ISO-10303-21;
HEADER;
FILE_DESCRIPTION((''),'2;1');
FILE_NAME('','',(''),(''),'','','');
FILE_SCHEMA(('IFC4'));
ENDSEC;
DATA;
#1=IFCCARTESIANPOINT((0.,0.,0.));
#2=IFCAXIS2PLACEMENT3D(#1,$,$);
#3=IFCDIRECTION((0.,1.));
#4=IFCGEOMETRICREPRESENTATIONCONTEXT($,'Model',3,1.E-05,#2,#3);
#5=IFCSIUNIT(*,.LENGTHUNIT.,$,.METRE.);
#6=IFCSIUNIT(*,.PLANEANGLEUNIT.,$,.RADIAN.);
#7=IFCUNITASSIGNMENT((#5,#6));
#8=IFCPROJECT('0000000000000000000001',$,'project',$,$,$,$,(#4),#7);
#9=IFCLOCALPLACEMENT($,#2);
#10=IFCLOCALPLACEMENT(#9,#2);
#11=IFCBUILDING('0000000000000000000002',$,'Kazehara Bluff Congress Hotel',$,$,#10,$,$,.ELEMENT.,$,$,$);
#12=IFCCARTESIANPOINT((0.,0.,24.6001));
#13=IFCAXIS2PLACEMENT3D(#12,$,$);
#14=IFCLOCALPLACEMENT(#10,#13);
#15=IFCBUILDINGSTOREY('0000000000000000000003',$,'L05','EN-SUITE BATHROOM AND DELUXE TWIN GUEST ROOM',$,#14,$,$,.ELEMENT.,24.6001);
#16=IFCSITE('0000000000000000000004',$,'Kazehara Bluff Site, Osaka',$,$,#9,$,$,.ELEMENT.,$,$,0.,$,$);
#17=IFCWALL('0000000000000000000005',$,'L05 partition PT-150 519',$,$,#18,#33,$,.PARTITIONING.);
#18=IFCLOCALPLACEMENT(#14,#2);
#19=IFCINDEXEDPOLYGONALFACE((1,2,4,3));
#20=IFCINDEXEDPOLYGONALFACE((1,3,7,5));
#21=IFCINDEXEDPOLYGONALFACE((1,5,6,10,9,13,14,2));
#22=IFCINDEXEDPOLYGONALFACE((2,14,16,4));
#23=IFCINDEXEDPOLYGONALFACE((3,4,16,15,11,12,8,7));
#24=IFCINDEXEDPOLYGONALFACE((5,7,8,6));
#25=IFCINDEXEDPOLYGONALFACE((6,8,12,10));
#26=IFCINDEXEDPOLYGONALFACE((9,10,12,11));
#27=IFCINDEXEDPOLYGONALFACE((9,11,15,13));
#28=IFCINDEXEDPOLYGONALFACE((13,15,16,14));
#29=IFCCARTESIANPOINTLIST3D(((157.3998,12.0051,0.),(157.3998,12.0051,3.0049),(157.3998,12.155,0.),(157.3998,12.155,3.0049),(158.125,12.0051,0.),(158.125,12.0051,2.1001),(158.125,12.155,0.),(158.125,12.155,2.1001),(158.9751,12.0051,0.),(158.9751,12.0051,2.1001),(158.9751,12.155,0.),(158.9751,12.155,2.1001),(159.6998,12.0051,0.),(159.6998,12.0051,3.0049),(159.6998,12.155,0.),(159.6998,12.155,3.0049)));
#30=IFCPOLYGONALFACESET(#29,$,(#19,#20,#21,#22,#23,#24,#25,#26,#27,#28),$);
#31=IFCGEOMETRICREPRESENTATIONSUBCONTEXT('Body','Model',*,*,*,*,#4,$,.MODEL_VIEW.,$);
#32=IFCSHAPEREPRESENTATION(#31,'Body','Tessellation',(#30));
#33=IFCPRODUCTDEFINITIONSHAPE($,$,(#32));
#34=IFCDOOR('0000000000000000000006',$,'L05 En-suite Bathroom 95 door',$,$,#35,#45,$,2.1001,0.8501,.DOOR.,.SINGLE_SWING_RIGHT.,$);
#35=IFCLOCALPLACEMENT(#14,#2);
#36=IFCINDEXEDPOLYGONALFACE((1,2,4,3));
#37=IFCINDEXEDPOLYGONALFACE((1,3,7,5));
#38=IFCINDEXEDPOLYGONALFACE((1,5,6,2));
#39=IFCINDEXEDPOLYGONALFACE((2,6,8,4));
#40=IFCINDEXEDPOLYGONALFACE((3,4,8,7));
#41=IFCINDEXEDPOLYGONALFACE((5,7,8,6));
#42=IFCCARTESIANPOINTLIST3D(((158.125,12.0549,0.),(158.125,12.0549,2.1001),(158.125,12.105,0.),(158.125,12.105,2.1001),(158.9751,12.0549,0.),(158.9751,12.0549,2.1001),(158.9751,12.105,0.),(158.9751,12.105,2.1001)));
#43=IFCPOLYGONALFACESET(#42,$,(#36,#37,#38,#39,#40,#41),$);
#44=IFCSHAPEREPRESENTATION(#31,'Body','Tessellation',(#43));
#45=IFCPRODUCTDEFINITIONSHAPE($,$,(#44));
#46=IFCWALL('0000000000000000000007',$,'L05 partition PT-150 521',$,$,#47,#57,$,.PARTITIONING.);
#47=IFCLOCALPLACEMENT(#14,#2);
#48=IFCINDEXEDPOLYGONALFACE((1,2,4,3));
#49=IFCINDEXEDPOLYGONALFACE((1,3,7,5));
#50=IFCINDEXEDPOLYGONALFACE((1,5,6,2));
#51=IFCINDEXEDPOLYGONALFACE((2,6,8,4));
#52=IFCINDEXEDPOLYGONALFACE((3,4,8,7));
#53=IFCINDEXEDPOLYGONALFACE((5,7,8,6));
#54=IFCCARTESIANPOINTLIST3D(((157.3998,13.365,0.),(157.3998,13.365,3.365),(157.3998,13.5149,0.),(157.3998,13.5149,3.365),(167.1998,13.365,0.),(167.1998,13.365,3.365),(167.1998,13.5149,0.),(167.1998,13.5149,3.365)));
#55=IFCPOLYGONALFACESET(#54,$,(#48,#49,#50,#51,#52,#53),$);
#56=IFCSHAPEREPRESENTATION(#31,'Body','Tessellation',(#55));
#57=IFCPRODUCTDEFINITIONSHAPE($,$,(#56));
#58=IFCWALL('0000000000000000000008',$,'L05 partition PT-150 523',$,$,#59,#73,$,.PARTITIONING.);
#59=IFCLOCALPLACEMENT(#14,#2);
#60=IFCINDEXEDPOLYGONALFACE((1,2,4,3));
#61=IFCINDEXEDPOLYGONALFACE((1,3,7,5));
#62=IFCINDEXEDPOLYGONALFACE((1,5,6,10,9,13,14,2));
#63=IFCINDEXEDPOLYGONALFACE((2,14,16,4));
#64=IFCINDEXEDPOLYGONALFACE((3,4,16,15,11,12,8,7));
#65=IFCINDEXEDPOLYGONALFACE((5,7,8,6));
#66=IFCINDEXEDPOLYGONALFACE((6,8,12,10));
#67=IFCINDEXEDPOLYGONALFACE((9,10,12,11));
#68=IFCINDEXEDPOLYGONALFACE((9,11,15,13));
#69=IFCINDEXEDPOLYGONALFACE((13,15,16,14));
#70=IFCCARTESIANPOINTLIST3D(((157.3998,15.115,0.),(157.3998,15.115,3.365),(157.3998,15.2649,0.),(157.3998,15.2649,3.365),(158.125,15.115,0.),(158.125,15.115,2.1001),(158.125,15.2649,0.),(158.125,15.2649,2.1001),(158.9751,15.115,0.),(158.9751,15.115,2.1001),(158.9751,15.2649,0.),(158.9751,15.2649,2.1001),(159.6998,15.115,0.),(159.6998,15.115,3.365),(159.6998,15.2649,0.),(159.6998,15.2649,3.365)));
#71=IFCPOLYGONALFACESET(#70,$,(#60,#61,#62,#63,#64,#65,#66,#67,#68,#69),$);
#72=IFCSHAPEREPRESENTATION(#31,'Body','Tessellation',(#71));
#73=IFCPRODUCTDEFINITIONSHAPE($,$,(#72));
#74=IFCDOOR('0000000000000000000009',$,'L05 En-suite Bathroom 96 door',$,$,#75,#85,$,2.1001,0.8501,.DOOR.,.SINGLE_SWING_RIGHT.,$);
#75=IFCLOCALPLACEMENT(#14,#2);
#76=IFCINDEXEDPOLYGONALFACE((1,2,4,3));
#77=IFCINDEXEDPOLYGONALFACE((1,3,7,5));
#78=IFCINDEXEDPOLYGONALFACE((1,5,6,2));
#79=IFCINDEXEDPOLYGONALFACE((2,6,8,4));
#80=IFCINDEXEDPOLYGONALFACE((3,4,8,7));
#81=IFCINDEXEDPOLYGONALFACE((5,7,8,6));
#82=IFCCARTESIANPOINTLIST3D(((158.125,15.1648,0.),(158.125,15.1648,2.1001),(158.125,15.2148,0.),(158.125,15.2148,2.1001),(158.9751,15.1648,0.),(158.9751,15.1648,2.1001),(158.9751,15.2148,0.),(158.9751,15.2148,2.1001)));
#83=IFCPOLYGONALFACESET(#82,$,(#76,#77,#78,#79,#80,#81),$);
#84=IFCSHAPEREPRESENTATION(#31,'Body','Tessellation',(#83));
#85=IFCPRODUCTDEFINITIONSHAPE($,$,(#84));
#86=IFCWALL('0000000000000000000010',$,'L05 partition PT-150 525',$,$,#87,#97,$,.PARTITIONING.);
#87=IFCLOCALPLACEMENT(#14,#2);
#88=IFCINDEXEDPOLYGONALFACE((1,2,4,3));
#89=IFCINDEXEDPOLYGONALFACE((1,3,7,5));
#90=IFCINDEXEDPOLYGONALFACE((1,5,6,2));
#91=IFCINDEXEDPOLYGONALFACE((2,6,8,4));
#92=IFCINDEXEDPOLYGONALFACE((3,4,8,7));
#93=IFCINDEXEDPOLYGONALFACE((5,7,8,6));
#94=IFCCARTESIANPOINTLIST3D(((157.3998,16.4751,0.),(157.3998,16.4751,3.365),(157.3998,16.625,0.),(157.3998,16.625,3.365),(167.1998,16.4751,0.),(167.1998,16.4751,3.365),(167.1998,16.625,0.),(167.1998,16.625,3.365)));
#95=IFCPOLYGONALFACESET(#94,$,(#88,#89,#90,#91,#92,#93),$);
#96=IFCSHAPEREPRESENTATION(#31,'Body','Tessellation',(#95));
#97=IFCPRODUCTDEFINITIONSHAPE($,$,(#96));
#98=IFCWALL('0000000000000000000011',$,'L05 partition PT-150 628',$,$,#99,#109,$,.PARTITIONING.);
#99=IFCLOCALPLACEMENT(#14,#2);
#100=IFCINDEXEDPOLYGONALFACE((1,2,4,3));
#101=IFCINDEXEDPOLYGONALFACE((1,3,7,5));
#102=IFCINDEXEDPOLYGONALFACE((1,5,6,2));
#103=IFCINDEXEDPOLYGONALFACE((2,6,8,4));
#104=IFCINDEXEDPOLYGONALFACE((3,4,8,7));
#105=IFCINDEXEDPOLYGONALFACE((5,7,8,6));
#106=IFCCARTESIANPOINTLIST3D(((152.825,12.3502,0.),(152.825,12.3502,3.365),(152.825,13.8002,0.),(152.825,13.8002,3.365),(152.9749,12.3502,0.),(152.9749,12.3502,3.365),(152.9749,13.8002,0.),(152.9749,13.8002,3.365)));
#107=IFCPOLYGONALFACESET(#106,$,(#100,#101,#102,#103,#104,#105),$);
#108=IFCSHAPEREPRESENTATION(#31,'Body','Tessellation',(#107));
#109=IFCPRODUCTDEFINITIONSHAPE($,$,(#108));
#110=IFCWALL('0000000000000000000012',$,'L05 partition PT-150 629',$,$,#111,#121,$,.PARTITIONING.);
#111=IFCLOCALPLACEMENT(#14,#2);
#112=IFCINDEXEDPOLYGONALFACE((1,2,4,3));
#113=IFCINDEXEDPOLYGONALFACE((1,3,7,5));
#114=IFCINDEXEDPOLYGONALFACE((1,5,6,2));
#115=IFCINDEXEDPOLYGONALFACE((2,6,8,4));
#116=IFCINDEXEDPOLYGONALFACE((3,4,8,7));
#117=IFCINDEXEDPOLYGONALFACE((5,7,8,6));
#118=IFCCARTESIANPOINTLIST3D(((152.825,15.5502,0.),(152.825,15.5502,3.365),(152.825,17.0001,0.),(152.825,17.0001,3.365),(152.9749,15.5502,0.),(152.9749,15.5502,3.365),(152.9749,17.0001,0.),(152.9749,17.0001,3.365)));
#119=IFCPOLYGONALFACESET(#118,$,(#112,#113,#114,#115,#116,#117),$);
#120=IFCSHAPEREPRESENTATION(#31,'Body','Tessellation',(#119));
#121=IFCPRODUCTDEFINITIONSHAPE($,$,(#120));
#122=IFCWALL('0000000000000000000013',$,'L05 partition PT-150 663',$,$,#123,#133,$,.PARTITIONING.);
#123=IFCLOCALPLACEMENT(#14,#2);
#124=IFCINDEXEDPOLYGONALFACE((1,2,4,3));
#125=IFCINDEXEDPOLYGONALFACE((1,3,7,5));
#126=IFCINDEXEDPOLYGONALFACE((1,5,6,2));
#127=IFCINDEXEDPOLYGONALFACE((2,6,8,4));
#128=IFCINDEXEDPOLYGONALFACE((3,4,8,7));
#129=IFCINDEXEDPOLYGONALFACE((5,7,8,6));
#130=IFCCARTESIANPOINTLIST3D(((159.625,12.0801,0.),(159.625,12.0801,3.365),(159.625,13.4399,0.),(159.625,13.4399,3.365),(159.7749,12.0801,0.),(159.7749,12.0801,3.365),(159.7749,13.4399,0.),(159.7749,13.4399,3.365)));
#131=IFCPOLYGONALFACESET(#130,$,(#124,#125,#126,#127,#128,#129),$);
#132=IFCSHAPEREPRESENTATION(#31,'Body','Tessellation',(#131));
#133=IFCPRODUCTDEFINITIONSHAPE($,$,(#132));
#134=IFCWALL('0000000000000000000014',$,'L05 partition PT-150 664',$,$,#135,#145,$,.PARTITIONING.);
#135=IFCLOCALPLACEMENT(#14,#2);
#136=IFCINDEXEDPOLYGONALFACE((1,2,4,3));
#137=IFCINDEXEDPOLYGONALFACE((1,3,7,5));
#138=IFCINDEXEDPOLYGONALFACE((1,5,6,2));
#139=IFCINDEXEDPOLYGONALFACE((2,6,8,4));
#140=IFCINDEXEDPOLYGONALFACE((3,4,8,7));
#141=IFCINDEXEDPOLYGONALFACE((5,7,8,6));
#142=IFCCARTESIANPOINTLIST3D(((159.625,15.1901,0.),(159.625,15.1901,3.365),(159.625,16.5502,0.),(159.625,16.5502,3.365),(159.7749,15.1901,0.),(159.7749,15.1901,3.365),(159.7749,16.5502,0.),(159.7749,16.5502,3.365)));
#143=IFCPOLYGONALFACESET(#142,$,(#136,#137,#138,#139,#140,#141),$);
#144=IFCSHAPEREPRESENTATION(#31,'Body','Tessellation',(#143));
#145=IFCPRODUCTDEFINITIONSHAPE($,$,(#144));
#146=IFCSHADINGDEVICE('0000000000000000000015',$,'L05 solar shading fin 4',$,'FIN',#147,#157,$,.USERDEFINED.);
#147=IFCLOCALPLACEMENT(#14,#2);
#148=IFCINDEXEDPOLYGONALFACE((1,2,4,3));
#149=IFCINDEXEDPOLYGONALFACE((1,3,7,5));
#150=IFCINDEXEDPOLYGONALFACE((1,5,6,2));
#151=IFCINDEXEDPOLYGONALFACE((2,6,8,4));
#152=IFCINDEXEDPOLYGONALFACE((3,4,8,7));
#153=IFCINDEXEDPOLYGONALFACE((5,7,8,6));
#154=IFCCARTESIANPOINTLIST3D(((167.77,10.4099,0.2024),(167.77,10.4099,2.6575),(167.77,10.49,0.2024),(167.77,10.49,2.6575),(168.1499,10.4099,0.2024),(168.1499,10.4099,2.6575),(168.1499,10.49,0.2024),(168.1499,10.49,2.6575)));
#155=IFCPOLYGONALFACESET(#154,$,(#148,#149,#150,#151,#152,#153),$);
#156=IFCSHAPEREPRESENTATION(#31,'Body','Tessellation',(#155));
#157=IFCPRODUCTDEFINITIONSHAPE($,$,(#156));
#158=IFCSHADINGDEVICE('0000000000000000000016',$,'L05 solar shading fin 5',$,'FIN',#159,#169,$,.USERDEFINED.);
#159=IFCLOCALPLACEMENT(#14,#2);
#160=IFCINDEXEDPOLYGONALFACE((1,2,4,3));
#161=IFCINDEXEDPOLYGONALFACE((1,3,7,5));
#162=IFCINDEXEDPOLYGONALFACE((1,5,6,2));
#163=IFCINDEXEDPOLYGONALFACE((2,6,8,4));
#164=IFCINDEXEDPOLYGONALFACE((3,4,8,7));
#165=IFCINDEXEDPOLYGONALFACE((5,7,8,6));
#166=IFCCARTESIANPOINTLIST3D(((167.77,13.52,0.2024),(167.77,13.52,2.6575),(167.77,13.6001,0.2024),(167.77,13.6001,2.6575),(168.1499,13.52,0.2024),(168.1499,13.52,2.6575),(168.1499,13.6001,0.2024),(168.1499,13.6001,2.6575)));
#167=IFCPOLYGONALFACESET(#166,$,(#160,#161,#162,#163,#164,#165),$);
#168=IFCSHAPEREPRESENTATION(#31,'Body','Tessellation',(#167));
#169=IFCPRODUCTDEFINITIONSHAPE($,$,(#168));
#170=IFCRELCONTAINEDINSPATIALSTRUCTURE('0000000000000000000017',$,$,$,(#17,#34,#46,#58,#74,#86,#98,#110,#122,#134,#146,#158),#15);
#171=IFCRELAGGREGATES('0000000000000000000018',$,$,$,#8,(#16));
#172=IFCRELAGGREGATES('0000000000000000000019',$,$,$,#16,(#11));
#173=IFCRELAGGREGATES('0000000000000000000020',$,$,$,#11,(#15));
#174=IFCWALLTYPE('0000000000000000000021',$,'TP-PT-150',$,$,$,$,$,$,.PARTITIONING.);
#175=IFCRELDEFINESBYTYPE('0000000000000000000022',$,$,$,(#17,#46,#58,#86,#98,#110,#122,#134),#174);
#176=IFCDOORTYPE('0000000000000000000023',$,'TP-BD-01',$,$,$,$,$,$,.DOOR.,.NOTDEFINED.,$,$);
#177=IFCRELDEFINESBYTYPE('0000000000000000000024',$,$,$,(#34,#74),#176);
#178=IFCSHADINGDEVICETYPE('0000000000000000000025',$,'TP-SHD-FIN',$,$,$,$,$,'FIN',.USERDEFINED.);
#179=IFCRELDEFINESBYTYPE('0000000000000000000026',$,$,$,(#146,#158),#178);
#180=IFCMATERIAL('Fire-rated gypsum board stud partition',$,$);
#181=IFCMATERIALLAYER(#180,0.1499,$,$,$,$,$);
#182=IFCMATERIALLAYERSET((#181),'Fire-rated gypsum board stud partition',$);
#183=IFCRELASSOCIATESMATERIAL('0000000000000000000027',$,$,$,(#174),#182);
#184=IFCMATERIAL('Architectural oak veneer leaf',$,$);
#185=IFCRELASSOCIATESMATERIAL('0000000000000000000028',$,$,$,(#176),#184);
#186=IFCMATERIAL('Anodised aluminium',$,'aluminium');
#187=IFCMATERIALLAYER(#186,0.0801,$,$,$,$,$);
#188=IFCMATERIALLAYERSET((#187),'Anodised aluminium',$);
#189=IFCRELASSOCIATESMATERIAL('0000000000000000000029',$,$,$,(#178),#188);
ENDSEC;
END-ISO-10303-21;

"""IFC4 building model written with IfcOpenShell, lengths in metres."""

from ifc_helpers import new_model, si_unit, direction, frame, frame_2d, origin, origin_2d, place, context, subcontext, project, spatial, rectangle, extrude, material, layer, layer_set, type_object, element, fill, save


model = new_model("IFC4")

# Units and contexts
model_context = context("Model", 3, precision=1e-05, world=origin(), true_north=direction((0.0, 1.0)))
body_context = subcontext(model_context, "Body", "Model", "MODEL_VIEW")
ifc_project = project(units=[si_unit("LENGTHUNIT", "METRE"), si_unit("PLANEANGLEUNIT", "RADIAN")], contexts=[model_context])

# Site, building, storey
site_placement = place(None, origin())
site = spatial("IfcSite", under=ifc_project, at=site_placement, Name="Kazehara Bluff Site, Osaka", CompositionType="ELEMENT", RefElevation=0.0)
building_placement = place(site_placement, origin())
building = spatial("IfcBuilding", under=site, at=building_placement, Name="Kazehara Bluff Congress Hotel", CompositionType="ELEMENT")
storey_placement = place(building_placement, frame((0.0, 0.0, 24.6001)))
storey = spatial("IfcBuildingStorey", under=building, at=storey_placement, Name="L05", Description="EN-SUITE BATHROOM AND DELUXE TWIN GUEST ROOM", CompositionType="ELEMENT", Elevation=24.6001)

# Shared definitions
ifc_material_1 = material(Name="Fire-rated gypsum board stud partition")
ifc_layer_1 = layer(ifc_material_1, 0.1499)
ifc_layer_set_1 = layer_set([ifc_layer_1], Name="Fire-rated gypsum board stud partition")
wall_type_1 = type_object("IfcWallType", Name="TP-PT-150", PredefinedType="PARTITIONING", material=ifc_layer_set_1)

# Wall, opening, door
wall_1_placement = place(storey_placement, frame((157.3999, 12.0801, 0.0), z_axis=(0.0, 0.0, 1.0), x_axis=(1.0, 0.0, 0.0)))
wall_1 = element("IfcWall", 1, at=wall_1_placement, inside=storey, type_object=wall_type_1, Name="L05 partition PT-150 519", PredefinedType="PARTITIONING", context=body_context, shape_type="SweptSolid", body=[
    extrude(rectangle(XDim=2.3, YDim=0.1499, at=frame_2d((1.1499, 0.0))), origin(), (0.0, 0.0, 1.0), 3.0049),
])
opening_1_placement = place(wall_1_placement, frame((0.7251, 0.0, 0.0)))
opening_1 = element("IfcOpeningElement", 2, at=opening_1_placement, cuts=wall_1, PredefinedType="OPENING", context=body_context, shape_type="SweptSolid", body=[
    extrude(rectangle(XDim=0.8501, YDim=2.1001, at=frame_2d((0.425, 1.05))), frame((0.0, 0.085, 0.0), z_axis=(0.0, -1.0, 0.0), x_axis=(1.0, 0.0, 0.0)), (0.0, 0.0, 1.0), 0.1699),
])
ifc_material_2 = material(Name="Architectural oak veneer leaf")
door_type = type_object("IfcDoorType", Name="TP-BD-01", OperationType="NOTDEFINED", PredefinedType="DOOR", material=ifc_material_2)
door_1_placement = place(opening_1_placement, origin())
door_1 = element("IfcDoor", 3, at=door_1_placement, inside=storey, type_object=door_type, Name="L05 En-suite Bathroom 95 door", OperationType="SINGLE_SWING_RIGHT", OverallHeight=2.1001, OverallWidth=0.8501, PredefinedType="DOOR", context=body_context, shape_type="SweptSolid", body=[
    extrude(rectangle(XDim=0.8501, YDim=2.1001, at=frame_2d((0.425, 1.05))), frame((0.0, 0.0249, 0.0), z_axis=(0.0, -1.0, 0.0), x_axis=(1.0, 0.0, 0.0)), (0.0, 0.0, 1.0), 0.05),
])
fill(opening_1, door_1)

# Wall
wall_2_placement = place(storey_placement, frame((157.3999, 13.4399, 0.0), z_axis=(0.0, 0.0, 1.0), x_axis=(1.0, 0.0, 0.0)))
element("IfcWall", 4, at=wall_2_placement, inside=storey, type_object=wall_type_1, Name="L05 partition PT-150 521", PredefinedType="PARTITIONING", context=body_context, shape_type="SweptSolid", body=[
    extrude(rectangle(XDim=9.8, YDim=0.1499, at=frame_2d((4.8999, 0.0))), origin(), (0.0, 0.0, 1.0), 3.365),
])

# Wall, opening, door
wall_3_placement = place(storey_placement, frame((157.3999, 15.1899, 0.0), z_axis=(0.0, 0.0, 1.0), x_axis=(1.0, 0.0, 0.0)))
wall_3 = element("IfcWall", 5, at=wall_3_placement, inside=storey, type_object=wall_type_1, Name="L05 partition PT-150 523", PredefinedType="PARTITIONING", context=body_context, shape_type="SweptSolid", body=[
    extrude(rectangle(XDim=2.3, YDim=0.1499, at=frame_2d((1.1499, 0.0))), origin(), (0.0, 0.0, 1.0), 3.365),
])
opening_2_placement = place(wall_3_placement, frame((0.7251, 0.0, 0.0)))
opening_2 = element("IfcOpeningElement", 6, at=opening_2_placement, cuts=wall_3, PredefinedType="OPENING", context=body_context, shape_type="SweptSolid", body=[
    extrude(rectangle(XDim=0.8501, YDim=2.1001, at=frame_2d((0.425, 1.05))), frame((0.0, 0.085, 0.0), z_axis=(0.0, -1.0, 0.0), x_axis=(1.0, 0.0, 0.0)), (0.0, 0.0, 1.0), 0.1699),
])
door_2_placement = place(opening_2_placement, origin())
door_2 = element("IfcDoor", 7, at=door_2_placement, inside=storey, type_object=door_type, Name="L05 En-suite Bathroom 96 door", OperationType="SINGLE_SWING_RIGHT", OverallHeight=2.1001, OverallWidth=0.8501, PredefinedType="DOOR", context=body_context, shape_type="SweptSolid", body=[
    extrude(rectangle(XDim=0.8501, YDim=2.1001, at=frame_2d((0.425, 1.05))), frame((0.0, 0.0249, 0.0), z_axis=(0.0, -1.0, 0.0), x_axis=(1.0, 0.0, 0.0)), (0.0, 0.0, 1.0), 0.05),
])
fill(opening_2, door_2)

# Walls
wall_4_placement = place(storey_placement, frame((157.3999, 16.55, 0.0), z_axis=(0.0, 0.0, 1.0), x_axis=(1.0, 0.0, 0.0)))
element("IfcWall", 8, at=wall_4_placement, inside=storey, type_object=wall_type_1, Name="L05 partition PT-150 525", PredefinedType="PARTITIONING", context=body_context, shape_type="SweptSolid", body=[
    extrude(rectangle(XDim=9.8, YDim=0.1499, at=frame_2d((4.8999, 0.0))), origin(), (0.0, 0.0, 1.0), 3.365),
])
for number, where, z_axis, x_axis, name in (
    (9, (152.8999, 12.3501, 0.0), (0.0, 0.0, 1.0), (0.0, 1.0, 0.0), "L05 partition PT-150 628"),
    (10, (152.8999, 15.55, 0.0), (0.0, 0.0, 1.0), (0.0, 1.0, 0.0), "L05 partition PT-150 629"),
):
    element("IfcWall", number, at=place(storey_placement, frame(where, z_axis=z_axis, x_axis=x_axis)), inside=storey, type_object=wall_type_1, Name=name, PredefinedType="PARTITIONING", context=body_context, shape_type="SweptSolid", body=[
        extrude(rectangle(XDim=1.45, YDim=0.1499, at=frame_2d((0.7251, 0.0))), origin(), (0.0, 0.0, 1.0), 3.365),
    ])
wall_5_placement = place(storey_placement, frame((159.7, 12.0801, 0.0), z_axis=(0.0, 0.0, 1.0), x_axis=(0.0, 1.0, 0.0)))
element("IfcWall", 11, at=wall_5_placement, inside=storey, type_object=wall_type_1, Name="L05 partition PT-150 663", PredefinedType="PARTITIONING", context=body_context, shape_type="SweptSolid", body=[
    extrude(rectangle(XDim=1.3599, YDim=0.1499, at=frame_2d((0.6799, 0.0))), origin(), (0.0, 0.0, 1.0), 3.365),
])
wall_6_placement = place(storey_placement, frame((159.7, 15.1899, 0.0), z_axis=(0.0, 0.0, 1.0), x_axis=(0.0, 1.0, 0.0)))
element("IfcWall", 12, at=wall_6_placement, inside=storey, type_object=wall_type_1, Name="L05 partition PT-150 664", PredefinedType="PARTITIONING", context=body_context, shape_type="SweptSolid", body=[
    extrude(rectangle(XDim=1.3601, YDim=0.1499, at=frame_2d((0.6802, 0.0))), origin(), (0.0, 0.0, 1.0), 3.365),
])

# Shading devices
ifc_material_3 = material(Name="Anodised aluminium", Category="aluminium")
ifc_layer_2 = layer(ifc_material_3, 0.0801)
ifc_layer_set_2 = layer_set([ifc_layer_2], Name="Anodised aluminium")
shading_device_type = type_object("IfcShadingDeviceType", Name="TP-SHD-FIN", ElementType="FIN", PredefinedType="USERDEFINED", material=ifc_layer_set_2)
for number, where, z_axis, x_axis, name in (
    (13, (167.96, 10.45, 0.2024), (0.0, 0.0, 1.0), (1.0, 0.0, 0.0), "L05 solar shading fin 4"),
    (14, (167.96, 13.5601, 0.2024), (0.0, 0.0, 1.0), (1.0, 0.0, 0.0), "L05 solar shading fin 5"),
):
    element("IfcShadingDevice", number, at=place(storey_placement, frame(where, z_axis=z_axis, x_axis=x_axis)), inside=storey, type_object=shading_device_type, Name=name, ObjectType="FIN", PredefinedType="USERDEFINED", context=body_context, shape_type="SweptSolid", body=[
        extrude(rectangle(XDim=0.3799, YDim=0.0801, at=origin_2d()), origin(), (0.0, 0.0, 1.0), 2.4551),
    ])

save(model, "model.ifc")
